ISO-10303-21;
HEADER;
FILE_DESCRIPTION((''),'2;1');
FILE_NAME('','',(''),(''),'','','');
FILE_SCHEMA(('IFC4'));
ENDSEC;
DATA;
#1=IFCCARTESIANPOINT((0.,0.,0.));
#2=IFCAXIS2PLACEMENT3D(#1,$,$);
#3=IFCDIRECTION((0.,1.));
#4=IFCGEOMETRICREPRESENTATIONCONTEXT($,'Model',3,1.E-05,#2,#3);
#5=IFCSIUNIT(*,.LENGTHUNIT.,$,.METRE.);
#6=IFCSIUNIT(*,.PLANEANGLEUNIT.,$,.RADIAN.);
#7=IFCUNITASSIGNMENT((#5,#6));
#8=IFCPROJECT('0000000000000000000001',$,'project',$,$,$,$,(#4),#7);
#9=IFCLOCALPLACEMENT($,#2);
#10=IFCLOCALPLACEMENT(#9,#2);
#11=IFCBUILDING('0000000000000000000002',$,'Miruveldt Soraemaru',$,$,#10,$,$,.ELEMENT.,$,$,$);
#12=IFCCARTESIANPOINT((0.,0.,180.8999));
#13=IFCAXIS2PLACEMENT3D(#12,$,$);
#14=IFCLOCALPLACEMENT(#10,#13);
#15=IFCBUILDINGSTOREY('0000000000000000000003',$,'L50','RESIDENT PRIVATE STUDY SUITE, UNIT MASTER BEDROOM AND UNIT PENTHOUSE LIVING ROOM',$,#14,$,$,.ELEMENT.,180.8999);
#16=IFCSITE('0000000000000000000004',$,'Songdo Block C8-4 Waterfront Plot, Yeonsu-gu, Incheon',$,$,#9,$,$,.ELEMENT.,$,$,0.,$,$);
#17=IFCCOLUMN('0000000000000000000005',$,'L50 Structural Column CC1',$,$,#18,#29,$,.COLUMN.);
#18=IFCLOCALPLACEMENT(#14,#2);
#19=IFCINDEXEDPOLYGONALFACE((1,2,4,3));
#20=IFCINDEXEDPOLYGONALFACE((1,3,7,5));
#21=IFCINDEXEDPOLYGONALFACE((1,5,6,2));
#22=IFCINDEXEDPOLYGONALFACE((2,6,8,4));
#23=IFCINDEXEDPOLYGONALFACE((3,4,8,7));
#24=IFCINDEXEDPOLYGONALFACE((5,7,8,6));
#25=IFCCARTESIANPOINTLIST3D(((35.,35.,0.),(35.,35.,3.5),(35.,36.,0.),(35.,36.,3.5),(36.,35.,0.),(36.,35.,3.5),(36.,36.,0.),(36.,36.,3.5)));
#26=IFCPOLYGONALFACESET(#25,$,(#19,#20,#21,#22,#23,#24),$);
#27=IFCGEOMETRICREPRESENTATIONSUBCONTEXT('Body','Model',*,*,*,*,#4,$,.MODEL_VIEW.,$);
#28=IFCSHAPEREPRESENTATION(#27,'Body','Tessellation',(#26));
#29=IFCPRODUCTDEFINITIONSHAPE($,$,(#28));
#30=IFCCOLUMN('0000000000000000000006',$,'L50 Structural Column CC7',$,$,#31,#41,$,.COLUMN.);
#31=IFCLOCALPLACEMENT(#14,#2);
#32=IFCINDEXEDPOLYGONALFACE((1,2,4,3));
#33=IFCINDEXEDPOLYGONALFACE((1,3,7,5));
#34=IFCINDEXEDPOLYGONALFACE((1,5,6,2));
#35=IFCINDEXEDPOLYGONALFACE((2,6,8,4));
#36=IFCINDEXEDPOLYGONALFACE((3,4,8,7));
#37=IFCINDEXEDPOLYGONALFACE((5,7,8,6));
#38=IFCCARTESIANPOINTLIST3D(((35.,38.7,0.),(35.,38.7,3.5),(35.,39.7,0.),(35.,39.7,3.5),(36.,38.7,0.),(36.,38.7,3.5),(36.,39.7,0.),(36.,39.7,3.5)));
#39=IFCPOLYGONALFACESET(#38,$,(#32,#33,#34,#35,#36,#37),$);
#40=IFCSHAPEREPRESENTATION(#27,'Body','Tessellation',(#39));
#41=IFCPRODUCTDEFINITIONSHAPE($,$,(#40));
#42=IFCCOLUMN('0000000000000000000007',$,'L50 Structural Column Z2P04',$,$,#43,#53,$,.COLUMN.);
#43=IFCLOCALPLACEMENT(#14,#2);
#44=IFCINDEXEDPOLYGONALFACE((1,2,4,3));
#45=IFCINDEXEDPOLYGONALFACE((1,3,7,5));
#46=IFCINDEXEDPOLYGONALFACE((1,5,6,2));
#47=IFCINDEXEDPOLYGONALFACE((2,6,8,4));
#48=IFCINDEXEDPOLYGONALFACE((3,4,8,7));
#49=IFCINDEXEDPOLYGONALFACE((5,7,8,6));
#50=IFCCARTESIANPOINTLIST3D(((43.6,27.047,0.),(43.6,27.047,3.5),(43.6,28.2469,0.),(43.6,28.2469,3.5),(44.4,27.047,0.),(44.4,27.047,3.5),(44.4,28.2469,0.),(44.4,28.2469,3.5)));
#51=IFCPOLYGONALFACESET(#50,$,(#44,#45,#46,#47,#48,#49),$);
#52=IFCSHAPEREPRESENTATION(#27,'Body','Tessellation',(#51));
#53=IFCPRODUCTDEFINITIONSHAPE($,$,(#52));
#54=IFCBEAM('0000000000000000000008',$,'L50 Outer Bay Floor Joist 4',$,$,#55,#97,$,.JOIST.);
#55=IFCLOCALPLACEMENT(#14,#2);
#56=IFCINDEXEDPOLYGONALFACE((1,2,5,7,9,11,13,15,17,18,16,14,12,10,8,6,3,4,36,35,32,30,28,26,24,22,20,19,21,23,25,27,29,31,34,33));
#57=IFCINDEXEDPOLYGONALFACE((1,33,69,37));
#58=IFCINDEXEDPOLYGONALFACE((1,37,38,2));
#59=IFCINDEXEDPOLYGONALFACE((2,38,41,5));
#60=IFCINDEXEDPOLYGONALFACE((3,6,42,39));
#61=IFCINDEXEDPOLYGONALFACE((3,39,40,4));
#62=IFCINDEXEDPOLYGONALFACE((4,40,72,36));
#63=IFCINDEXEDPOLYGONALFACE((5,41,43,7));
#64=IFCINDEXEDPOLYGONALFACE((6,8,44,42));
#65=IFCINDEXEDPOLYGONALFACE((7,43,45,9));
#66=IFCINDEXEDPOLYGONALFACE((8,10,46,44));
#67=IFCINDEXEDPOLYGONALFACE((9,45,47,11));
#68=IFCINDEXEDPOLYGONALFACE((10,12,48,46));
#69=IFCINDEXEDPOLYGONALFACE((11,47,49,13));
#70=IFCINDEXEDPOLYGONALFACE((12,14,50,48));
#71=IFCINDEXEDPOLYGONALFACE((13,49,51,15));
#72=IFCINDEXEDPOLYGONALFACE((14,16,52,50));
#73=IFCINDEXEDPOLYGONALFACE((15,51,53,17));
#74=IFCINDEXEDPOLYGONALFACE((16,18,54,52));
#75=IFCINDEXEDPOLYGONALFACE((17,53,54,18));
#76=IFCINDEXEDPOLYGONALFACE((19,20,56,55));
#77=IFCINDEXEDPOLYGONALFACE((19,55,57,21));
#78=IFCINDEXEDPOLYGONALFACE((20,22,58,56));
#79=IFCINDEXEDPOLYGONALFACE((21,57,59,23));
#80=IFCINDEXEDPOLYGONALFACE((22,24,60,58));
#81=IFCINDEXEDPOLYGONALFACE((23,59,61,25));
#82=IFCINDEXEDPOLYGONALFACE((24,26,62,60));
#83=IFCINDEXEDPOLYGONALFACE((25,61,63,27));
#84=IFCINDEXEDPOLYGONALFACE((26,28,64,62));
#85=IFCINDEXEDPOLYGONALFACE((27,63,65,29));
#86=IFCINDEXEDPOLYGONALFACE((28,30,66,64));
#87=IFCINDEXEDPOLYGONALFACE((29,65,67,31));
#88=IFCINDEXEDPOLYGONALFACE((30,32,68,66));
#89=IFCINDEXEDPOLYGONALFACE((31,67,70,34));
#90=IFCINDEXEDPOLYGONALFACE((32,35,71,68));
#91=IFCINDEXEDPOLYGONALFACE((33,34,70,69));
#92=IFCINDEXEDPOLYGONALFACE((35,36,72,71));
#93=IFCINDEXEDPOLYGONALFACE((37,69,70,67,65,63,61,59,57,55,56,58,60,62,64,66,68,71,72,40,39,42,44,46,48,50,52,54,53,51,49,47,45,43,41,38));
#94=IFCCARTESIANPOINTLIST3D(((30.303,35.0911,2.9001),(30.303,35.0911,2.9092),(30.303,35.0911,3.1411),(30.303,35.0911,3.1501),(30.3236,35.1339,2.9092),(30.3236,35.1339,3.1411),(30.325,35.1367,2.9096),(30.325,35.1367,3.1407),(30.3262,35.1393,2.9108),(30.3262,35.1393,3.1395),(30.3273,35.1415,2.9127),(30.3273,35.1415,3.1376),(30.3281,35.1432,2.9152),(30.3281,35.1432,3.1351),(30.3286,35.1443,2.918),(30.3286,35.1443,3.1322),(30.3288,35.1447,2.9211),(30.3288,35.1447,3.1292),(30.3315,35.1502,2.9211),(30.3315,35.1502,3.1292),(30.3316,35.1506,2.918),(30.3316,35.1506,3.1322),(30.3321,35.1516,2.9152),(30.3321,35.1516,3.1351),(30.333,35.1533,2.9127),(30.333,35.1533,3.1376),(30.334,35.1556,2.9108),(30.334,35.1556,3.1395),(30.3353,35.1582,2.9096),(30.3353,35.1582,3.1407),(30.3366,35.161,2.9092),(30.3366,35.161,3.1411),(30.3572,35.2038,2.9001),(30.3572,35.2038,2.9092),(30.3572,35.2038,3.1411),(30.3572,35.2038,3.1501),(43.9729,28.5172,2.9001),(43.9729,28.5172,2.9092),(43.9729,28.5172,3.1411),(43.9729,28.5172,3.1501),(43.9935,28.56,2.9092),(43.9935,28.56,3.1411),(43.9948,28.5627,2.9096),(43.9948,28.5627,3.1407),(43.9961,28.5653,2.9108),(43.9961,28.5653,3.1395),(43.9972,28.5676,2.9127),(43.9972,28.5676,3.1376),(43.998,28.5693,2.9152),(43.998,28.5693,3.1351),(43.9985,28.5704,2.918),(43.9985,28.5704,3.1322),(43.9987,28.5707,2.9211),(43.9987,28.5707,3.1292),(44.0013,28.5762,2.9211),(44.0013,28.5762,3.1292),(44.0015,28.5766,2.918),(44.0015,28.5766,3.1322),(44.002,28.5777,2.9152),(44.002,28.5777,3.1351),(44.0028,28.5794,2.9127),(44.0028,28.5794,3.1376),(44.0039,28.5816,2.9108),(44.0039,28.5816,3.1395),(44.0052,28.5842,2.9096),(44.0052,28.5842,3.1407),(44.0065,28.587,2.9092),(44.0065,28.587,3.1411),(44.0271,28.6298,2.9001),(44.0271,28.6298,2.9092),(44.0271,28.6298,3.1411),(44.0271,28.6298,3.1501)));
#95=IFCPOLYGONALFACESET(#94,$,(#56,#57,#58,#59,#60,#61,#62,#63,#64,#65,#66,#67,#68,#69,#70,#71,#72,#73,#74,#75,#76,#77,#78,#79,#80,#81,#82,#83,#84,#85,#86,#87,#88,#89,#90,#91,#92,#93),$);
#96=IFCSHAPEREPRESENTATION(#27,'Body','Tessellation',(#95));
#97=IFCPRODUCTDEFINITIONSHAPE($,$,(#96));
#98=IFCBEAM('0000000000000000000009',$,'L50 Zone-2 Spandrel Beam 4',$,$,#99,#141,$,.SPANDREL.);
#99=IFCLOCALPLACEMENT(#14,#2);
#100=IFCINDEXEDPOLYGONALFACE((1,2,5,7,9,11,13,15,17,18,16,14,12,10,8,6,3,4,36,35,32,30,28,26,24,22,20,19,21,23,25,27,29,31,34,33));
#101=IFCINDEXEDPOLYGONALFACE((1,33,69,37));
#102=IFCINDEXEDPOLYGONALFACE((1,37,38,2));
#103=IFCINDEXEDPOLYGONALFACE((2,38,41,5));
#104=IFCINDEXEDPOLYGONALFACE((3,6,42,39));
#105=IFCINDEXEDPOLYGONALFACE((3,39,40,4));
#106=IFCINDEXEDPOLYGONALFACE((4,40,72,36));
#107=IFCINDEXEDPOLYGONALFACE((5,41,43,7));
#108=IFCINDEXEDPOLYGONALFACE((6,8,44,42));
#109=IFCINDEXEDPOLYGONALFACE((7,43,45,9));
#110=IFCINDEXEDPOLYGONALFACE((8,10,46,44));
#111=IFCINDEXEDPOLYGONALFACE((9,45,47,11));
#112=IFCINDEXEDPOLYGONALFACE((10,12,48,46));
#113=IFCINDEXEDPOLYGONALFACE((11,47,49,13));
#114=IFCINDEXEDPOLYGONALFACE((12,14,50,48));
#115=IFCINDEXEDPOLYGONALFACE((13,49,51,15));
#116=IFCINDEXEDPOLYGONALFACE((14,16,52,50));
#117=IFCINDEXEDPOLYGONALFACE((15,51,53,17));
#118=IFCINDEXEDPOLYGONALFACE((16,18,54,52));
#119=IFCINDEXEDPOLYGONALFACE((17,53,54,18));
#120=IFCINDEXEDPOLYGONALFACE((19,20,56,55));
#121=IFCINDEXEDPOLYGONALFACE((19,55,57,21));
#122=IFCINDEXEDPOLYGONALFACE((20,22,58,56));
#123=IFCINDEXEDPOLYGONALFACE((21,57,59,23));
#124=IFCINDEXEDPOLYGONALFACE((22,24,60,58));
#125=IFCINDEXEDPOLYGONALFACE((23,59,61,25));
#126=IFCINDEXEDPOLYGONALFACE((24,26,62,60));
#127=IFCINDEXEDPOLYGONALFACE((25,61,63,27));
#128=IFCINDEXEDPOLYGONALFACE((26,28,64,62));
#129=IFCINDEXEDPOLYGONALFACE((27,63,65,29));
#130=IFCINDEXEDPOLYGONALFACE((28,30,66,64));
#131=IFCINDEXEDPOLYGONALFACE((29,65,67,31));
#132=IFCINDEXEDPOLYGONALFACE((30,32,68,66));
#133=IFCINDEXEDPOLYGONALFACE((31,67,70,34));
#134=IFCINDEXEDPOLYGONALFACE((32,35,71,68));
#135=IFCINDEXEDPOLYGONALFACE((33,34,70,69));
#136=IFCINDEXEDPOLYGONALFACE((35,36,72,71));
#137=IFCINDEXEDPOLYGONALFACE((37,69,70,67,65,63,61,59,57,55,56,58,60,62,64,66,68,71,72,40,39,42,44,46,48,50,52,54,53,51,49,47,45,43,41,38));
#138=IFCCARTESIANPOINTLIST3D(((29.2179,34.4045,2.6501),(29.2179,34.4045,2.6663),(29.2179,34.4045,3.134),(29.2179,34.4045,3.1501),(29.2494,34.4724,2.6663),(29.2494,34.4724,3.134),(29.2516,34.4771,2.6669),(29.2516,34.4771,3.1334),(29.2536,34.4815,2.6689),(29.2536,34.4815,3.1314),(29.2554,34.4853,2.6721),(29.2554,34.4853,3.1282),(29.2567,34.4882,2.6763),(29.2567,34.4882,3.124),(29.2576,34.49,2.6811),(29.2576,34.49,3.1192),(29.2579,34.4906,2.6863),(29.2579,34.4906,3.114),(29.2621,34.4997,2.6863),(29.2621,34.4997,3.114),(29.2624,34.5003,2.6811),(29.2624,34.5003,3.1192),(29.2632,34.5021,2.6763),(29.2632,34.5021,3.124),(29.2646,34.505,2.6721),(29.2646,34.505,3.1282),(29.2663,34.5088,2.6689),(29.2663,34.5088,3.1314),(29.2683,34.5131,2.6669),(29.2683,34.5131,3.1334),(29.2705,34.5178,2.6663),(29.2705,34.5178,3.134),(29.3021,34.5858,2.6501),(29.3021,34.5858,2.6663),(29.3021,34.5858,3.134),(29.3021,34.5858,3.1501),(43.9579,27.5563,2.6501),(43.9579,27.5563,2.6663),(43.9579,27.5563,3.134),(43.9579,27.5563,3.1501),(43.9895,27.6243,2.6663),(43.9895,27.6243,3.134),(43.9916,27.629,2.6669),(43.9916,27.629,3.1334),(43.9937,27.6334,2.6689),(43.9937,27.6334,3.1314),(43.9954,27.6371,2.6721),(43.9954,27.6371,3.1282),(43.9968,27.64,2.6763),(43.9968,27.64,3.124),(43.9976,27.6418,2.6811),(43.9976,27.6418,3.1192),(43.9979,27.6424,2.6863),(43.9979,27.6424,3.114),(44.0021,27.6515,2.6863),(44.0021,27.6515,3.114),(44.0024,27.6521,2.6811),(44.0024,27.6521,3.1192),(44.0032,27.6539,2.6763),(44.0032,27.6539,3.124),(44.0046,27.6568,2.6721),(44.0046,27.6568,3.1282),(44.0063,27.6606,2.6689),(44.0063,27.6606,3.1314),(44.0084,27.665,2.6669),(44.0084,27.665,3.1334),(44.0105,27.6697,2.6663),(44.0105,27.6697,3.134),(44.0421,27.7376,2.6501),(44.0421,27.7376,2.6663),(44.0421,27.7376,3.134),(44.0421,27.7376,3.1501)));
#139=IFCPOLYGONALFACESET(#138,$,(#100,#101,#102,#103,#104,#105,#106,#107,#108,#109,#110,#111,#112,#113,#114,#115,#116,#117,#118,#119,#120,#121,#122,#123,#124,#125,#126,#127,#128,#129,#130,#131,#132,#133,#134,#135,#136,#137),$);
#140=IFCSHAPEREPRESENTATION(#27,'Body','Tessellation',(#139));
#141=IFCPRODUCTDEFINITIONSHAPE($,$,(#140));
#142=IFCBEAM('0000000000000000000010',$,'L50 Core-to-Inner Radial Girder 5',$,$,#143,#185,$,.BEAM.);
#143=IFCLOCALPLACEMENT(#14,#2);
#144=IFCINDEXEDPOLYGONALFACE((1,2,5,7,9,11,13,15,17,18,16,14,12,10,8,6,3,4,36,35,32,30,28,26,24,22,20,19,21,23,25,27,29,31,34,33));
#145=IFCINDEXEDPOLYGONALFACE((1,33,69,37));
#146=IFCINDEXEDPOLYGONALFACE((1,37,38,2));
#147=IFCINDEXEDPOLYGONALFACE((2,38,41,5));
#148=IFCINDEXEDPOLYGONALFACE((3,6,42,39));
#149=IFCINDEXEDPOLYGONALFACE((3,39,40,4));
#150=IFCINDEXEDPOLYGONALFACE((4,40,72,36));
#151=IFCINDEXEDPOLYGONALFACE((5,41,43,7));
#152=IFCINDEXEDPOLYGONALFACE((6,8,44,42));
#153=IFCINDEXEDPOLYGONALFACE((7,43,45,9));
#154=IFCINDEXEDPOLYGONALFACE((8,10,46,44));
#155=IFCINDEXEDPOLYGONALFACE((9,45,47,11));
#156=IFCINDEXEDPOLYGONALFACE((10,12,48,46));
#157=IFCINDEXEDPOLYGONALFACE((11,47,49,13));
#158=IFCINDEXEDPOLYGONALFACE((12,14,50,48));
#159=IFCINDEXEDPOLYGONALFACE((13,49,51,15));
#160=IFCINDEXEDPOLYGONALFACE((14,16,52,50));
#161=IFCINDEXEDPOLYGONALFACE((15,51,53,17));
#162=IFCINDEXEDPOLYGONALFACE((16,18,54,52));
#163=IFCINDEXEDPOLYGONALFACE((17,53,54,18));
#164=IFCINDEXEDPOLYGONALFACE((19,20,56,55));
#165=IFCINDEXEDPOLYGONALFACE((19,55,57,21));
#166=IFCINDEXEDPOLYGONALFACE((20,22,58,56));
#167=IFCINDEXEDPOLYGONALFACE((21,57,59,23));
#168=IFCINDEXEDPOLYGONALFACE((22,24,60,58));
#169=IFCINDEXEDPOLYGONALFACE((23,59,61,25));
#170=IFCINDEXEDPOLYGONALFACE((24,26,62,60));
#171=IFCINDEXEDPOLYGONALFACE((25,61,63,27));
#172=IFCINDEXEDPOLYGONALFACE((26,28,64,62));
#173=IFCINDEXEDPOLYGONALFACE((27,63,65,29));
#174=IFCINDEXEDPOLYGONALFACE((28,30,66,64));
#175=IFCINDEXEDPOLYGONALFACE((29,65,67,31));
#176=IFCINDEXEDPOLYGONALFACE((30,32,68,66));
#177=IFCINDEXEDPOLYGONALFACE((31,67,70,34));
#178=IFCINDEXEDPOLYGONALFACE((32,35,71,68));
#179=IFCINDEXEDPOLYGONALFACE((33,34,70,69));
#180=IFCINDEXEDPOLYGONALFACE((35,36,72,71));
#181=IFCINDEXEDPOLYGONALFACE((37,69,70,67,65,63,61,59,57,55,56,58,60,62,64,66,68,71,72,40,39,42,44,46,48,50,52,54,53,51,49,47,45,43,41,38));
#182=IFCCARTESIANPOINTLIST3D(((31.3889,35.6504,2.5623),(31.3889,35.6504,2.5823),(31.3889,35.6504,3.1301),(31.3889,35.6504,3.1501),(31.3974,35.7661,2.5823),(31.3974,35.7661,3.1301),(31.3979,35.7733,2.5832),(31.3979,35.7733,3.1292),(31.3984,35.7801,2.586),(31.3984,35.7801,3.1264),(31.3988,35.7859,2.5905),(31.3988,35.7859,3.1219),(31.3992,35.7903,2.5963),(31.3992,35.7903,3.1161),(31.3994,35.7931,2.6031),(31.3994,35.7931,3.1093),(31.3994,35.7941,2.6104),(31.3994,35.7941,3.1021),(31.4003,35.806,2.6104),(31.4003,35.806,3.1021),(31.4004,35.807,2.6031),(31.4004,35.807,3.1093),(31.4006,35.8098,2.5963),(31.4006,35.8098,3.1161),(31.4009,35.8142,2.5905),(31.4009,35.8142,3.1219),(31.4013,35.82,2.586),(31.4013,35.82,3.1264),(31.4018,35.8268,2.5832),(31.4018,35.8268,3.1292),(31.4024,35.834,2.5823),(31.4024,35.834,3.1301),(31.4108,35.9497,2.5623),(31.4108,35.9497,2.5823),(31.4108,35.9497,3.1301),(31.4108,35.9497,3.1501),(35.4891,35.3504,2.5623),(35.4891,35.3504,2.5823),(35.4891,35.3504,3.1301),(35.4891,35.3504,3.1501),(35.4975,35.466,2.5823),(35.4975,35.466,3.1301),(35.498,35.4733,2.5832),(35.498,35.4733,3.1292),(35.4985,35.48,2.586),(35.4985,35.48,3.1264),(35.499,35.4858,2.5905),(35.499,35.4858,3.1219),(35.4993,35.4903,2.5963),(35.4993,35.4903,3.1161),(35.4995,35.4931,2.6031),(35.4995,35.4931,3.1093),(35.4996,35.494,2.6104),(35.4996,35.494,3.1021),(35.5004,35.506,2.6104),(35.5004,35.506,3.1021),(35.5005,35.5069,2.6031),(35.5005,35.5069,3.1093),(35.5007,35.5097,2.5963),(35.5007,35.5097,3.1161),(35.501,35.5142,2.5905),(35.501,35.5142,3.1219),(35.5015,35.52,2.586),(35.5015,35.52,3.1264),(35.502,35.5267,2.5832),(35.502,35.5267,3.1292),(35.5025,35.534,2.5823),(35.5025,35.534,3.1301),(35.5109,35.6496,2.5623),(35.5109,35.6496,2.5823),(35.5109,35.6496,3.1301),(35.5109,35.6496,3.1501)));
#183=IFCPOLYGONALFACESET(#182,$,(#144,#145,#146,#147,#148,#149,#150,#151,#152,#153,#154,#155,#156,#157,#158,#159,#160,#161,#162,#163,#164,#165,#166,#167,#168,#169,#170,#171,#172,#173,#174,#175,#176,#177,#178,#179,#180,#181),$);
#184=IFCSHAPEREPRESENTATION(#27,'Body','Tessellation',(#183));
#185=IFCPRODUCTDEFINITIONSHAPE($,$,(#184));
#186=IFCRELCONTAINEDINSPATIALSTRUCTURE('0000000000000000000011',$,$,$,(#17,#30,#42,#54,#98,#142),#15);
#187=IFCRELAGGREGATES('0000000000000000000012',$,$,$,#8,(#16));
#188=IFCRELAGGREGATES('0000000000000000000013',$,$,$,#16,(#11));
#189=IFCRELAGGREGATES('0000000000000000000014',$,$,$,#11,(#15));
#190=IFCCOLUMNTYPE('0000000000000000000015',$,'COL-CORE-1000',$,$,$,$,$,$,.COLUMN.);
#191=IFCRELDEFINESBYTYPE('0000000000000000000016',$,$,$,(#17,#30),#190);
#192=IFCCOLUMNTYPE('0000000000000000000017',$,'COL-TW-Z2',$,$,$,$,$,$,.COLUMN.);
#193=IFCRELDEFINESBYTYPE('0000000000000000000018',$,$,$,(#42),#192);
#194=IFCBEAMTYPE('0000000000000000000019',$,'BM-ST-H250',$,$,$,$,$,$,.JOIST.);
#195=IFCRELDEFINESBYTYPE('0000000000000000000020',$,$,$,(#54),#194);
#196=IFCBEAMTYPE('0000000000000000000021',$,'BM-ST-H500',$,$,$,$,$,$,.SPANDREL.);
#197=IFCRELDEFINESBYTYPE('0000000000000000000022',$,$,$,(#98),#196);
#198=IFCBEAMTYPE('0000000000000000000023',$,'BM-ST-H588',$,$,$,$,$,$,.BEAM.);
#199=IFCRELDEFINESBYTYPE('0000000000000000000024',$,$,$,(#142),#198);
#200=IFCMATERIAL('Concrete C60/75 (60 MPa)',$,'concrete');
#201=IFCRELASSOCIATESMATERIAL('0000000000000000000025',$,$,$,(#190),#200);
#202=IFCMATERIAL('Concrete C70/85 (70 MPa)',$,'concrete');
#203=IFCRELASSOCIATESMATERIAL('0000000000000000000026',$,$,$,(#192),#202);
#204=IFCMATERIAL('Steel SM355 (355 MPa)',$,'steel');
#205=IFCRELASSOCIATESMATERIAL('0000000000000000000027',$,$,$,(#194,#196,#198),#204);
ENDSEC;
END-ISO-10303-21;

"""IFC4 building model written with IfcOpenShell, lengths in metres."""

from ifc_helpers import new_model, si_unit, direction, frame, origin, origin_2d, place, context, subcontext, project, spatial, rectangle, i_section, extrude, material, material_profile, profile_set, type_object, element, save


model = new_model("IFC4")

# Units and contexts
model_context = context("Model", 3, precision=1e-05, world=origin(), true_north=direction((0.0, 1.0)))
body_context = subcontext(model_context, "Body", "Model", "MODEL_VIEW")
ifc_project = project(units=[si_unit("LENGTHUNIT", "METRE"), si_unit("PLANEANGLEUNIT", "RADIAN")], contexts=[model_context])

# Site, building, storey
site_placement = place(None, origin())
site = spatial("IfcSite", under=ifc_project, at=site_placement, Name="Songdo Block C8-4 Waterfront Plot, Yeonsu-gu, Incheon", CompositionType="ELEMENT", RefElevation=0.0)
building_placement = place(site_placement, origin())
building = spatial("IfcBuilding", under=site, at=building_placement, Name="Miruveldt Soraemaru", CompositionType="ELEMENT")
storey_placement = place(building_placement, frame((0.0, 0.0, 180.8999)))
storey = spatial("IfcBuildingStorey", under=building, at=storey_placement, Name="L50", Description="RESIDENT PRIVATE STUDY SUITE, UNIT MASTER BEDROOM AND UNIT PENTHOUSE LIVING ROOM", CompositionType="ELEMENT", Elevation=180.8999)

# Columns
ifc_material_1 = material(Name="Concrete C60/75 (60 MPa)", Category="concrete")
ifc_material_profile_1 = material_profile(ifc_material_1, rectangle(XDim=1.0, YDim=1.0, at=origin_2d()), Name="Concrete C60/75 (60 MPa)", Category="concrete")
ifc_profile_set_1 = profile_set([ifc_material_profile_1], Name="Concrete C60/75 (60 MPa)")
column_type_1 = type_object("IfcColumnType", Name="COL-CORE-1000", PredefinedType="COLUMN", material=ifc_profile_set_1)
for number, where, z_axis, x_axis, name in (
    (1, (35.5, 35.5, 0.0), (0.0, 0.0, 1.0), (1.0, 0.0, 0.0), "L50 Structural Column CC1"),
    (2, (35.5, 39.2, 0.0), (0.0, 0.0, 1.0), (1.0, 0.0, 0.0), "L50 Structural Column CC7"),
):
    element("IfcColumn", number, at=place(storey_placement, frame(where, z_axis=z_axis, x_axis=x_axis)), inside=storey, type_object=column_type_1, Name=name, PredefinedType="COLUMN", context=body_context, shape_type="SweptSolid", body=[
        extrude(rectangle(XDim=1.0, YDim=1.0, at=origin_2d()), origin(), (0.0, 0.0, 1.0), 3.5),
    ])
ifc_material_2 = material(Name="Concrete C70/85 (70 MPa)", Category="concrete")
ifc_material_profile_2 = material_profile(ifc_material_2, rectangle(XDim=1.2, YDim=0.8, at=origin_2d()), Name="Concrete C70/85 (70 MPa)", Category="concrete")
ifc_profile_set_2 = profile_set([ifc_material_profile_2], Name="Concrete C70/85 (70 MPa)")
column_type_2 = type_object("IfcColumnType", Name="COL-TW-Z2", PredefinedType="COLUMN", material=ifc_profile_set_2)
column_placement = place(storey_placement, frame((44.0, 27.647, 0.0), z_axis=(0.0, 0.0, 1.0), x_axis=(0.0, 1.0, 0.0)))
element("IfcColumn", 3, at=column_placement, inside=storey, type_object=column_type_2, Name="L50 Structural Column Z2P04", PredefinedType="COLUMN", context=body_context, shape_type="SweptSolid", body=[
    extrude(rectangle(XDim=1.2, YDim=0.8, at=origin_2d()), origin(), (0.0, 0.0, 1.0), 3.5),
])

# Beams
ifc_material_3 = material(Name="Steel SM355 (355 MPa)", Category="steel")
ifc_material_profile_3 = material_profile(ifc_material_3, i_section(OverallWidth=0.125, OverallDepth=0.25, WebThickness=0.0061, FlangeThickness=0.009, FilletRadius=0.012, at=origin_2d()), Name="Steel SM355 (355 MPa)", Category="steel")
ifc_profile_set_3 = profile_set([ifc_material_profile_3], Name="Steel SM355 (355 MPa)")
beam_type_1 = type_object("IfcBeamType", Name="BM-ST-H250", PredefinedType="JOIST", material=ifc_profile_set_3)
beam_1_placement = place(storey_placement, frame((44.0, 28.5735, 3.0251), z_axis=(-0.901204, 0.433396, 0.0), x_axis=(-0.433396, -0.901204, 0.0)))
element("IfcBeam", 4, at=beam_1_placement, inside=storey, type_object=beam_type_1, Name="L50 Outer Bay Floor Joist 4", PredefinedType="JOIST", context=body_context, shape_type="SweptSolid", body=[
    extrude(i_section(OverallWidth=0.125, OverallDepth=0.25, WebThickness=0.0061, FlangeThickness=0.009, FilletRadius=0.012, at=origin_2d()), origin(), (0.0, 0.0, 1.0), 15.1685),
])
ifc_material_profile_4 = material_profile(ifc_material_3, i_section(OverallWidth=0.2, OverallDepth=0.5, WebThickness=0.01, FlangeThickness=0.0161, FilletRadius=0.02, at=origin_2d()), Name="Steel SM355 (355 MPa)", Category="steel")
ifc_profile_set_4 = profile_set([ifc_material_profile_4], Name="Steel SM355 (355 MPa)")
beam_type_2 = type_object("IfcBeamType", Name="BM-ST-H500", PredefinedType="SPANDREL", material=ifc_profile_set_4)
beam_2_placement = place(storey_placement, frame((44.0, 27.647, 2.9001), z_axis=(-0.906901, 0.421343, 0.0), x_axis=(-0.421343, -0.906901, 0.0)))
element("IfcBeam", 5, at=beam_2_placement, inside=storey, type_object=beam_type_2, Name="L50 Zone-2 Spandrel Beam 4", PredefinedType="SPANDREL", context=body_context, shape_type="SweptSolid", body=[
    extrude(i_section(OverallWidth=0.2, OverallDepth=0.5, WebThickness=0.01, FlangeThickness=0.0161, FilletRadius=0.02, at=origin_2d()), origin(), (0.0, 0.0, 1.0), 16.2532),
])
ifc_material_profile_5 = material_profile(ifc_material_3, i_section(OverallWidth=0.3, OverallDepth=0.5879, WebThickness=0.012, FlangeThickness=0.02, FilletRadius=0.0281, at=origin_2d()), Name="Steel SM355 (355 MPa)", Category="steel")
ifc_profile_set_5 = profile_set([ifc_material_profile_5], Name="Steel SM355 (355 MPa)")
beam_type_3 = type_object("IfcBeamType", Name="BM-ST-H588", PredefinedType="BEAM", material=ifc_profile_set_5)
beam_3_placement = place(storey_placement, frame((35.5, 35.5, 2.8562), z_axis=(-0.997333, 0.072986, 0.0), x_axis=(-0.072986, -0.997333, 0.0)))
element("IfcBeam", 6, at=beam_3_placement, inside=storey, type_object=beam_type_3, Name="L50 Core-to-Inner Radial Girder 5", PredefinedType="BEAM", context=body_context, shape_type="SweptSolid", body=[
    extrude(i_section(OverallWidth=0.3, OverallDepth=0.5879, WebThickness=0.012, FlangeThickness=0.02, FilletRadius=0.0281, at=origin_2d()), origin(), (0.0, 0.0, 1.0), 4.1111),
])

save(model, "model.ifc")
